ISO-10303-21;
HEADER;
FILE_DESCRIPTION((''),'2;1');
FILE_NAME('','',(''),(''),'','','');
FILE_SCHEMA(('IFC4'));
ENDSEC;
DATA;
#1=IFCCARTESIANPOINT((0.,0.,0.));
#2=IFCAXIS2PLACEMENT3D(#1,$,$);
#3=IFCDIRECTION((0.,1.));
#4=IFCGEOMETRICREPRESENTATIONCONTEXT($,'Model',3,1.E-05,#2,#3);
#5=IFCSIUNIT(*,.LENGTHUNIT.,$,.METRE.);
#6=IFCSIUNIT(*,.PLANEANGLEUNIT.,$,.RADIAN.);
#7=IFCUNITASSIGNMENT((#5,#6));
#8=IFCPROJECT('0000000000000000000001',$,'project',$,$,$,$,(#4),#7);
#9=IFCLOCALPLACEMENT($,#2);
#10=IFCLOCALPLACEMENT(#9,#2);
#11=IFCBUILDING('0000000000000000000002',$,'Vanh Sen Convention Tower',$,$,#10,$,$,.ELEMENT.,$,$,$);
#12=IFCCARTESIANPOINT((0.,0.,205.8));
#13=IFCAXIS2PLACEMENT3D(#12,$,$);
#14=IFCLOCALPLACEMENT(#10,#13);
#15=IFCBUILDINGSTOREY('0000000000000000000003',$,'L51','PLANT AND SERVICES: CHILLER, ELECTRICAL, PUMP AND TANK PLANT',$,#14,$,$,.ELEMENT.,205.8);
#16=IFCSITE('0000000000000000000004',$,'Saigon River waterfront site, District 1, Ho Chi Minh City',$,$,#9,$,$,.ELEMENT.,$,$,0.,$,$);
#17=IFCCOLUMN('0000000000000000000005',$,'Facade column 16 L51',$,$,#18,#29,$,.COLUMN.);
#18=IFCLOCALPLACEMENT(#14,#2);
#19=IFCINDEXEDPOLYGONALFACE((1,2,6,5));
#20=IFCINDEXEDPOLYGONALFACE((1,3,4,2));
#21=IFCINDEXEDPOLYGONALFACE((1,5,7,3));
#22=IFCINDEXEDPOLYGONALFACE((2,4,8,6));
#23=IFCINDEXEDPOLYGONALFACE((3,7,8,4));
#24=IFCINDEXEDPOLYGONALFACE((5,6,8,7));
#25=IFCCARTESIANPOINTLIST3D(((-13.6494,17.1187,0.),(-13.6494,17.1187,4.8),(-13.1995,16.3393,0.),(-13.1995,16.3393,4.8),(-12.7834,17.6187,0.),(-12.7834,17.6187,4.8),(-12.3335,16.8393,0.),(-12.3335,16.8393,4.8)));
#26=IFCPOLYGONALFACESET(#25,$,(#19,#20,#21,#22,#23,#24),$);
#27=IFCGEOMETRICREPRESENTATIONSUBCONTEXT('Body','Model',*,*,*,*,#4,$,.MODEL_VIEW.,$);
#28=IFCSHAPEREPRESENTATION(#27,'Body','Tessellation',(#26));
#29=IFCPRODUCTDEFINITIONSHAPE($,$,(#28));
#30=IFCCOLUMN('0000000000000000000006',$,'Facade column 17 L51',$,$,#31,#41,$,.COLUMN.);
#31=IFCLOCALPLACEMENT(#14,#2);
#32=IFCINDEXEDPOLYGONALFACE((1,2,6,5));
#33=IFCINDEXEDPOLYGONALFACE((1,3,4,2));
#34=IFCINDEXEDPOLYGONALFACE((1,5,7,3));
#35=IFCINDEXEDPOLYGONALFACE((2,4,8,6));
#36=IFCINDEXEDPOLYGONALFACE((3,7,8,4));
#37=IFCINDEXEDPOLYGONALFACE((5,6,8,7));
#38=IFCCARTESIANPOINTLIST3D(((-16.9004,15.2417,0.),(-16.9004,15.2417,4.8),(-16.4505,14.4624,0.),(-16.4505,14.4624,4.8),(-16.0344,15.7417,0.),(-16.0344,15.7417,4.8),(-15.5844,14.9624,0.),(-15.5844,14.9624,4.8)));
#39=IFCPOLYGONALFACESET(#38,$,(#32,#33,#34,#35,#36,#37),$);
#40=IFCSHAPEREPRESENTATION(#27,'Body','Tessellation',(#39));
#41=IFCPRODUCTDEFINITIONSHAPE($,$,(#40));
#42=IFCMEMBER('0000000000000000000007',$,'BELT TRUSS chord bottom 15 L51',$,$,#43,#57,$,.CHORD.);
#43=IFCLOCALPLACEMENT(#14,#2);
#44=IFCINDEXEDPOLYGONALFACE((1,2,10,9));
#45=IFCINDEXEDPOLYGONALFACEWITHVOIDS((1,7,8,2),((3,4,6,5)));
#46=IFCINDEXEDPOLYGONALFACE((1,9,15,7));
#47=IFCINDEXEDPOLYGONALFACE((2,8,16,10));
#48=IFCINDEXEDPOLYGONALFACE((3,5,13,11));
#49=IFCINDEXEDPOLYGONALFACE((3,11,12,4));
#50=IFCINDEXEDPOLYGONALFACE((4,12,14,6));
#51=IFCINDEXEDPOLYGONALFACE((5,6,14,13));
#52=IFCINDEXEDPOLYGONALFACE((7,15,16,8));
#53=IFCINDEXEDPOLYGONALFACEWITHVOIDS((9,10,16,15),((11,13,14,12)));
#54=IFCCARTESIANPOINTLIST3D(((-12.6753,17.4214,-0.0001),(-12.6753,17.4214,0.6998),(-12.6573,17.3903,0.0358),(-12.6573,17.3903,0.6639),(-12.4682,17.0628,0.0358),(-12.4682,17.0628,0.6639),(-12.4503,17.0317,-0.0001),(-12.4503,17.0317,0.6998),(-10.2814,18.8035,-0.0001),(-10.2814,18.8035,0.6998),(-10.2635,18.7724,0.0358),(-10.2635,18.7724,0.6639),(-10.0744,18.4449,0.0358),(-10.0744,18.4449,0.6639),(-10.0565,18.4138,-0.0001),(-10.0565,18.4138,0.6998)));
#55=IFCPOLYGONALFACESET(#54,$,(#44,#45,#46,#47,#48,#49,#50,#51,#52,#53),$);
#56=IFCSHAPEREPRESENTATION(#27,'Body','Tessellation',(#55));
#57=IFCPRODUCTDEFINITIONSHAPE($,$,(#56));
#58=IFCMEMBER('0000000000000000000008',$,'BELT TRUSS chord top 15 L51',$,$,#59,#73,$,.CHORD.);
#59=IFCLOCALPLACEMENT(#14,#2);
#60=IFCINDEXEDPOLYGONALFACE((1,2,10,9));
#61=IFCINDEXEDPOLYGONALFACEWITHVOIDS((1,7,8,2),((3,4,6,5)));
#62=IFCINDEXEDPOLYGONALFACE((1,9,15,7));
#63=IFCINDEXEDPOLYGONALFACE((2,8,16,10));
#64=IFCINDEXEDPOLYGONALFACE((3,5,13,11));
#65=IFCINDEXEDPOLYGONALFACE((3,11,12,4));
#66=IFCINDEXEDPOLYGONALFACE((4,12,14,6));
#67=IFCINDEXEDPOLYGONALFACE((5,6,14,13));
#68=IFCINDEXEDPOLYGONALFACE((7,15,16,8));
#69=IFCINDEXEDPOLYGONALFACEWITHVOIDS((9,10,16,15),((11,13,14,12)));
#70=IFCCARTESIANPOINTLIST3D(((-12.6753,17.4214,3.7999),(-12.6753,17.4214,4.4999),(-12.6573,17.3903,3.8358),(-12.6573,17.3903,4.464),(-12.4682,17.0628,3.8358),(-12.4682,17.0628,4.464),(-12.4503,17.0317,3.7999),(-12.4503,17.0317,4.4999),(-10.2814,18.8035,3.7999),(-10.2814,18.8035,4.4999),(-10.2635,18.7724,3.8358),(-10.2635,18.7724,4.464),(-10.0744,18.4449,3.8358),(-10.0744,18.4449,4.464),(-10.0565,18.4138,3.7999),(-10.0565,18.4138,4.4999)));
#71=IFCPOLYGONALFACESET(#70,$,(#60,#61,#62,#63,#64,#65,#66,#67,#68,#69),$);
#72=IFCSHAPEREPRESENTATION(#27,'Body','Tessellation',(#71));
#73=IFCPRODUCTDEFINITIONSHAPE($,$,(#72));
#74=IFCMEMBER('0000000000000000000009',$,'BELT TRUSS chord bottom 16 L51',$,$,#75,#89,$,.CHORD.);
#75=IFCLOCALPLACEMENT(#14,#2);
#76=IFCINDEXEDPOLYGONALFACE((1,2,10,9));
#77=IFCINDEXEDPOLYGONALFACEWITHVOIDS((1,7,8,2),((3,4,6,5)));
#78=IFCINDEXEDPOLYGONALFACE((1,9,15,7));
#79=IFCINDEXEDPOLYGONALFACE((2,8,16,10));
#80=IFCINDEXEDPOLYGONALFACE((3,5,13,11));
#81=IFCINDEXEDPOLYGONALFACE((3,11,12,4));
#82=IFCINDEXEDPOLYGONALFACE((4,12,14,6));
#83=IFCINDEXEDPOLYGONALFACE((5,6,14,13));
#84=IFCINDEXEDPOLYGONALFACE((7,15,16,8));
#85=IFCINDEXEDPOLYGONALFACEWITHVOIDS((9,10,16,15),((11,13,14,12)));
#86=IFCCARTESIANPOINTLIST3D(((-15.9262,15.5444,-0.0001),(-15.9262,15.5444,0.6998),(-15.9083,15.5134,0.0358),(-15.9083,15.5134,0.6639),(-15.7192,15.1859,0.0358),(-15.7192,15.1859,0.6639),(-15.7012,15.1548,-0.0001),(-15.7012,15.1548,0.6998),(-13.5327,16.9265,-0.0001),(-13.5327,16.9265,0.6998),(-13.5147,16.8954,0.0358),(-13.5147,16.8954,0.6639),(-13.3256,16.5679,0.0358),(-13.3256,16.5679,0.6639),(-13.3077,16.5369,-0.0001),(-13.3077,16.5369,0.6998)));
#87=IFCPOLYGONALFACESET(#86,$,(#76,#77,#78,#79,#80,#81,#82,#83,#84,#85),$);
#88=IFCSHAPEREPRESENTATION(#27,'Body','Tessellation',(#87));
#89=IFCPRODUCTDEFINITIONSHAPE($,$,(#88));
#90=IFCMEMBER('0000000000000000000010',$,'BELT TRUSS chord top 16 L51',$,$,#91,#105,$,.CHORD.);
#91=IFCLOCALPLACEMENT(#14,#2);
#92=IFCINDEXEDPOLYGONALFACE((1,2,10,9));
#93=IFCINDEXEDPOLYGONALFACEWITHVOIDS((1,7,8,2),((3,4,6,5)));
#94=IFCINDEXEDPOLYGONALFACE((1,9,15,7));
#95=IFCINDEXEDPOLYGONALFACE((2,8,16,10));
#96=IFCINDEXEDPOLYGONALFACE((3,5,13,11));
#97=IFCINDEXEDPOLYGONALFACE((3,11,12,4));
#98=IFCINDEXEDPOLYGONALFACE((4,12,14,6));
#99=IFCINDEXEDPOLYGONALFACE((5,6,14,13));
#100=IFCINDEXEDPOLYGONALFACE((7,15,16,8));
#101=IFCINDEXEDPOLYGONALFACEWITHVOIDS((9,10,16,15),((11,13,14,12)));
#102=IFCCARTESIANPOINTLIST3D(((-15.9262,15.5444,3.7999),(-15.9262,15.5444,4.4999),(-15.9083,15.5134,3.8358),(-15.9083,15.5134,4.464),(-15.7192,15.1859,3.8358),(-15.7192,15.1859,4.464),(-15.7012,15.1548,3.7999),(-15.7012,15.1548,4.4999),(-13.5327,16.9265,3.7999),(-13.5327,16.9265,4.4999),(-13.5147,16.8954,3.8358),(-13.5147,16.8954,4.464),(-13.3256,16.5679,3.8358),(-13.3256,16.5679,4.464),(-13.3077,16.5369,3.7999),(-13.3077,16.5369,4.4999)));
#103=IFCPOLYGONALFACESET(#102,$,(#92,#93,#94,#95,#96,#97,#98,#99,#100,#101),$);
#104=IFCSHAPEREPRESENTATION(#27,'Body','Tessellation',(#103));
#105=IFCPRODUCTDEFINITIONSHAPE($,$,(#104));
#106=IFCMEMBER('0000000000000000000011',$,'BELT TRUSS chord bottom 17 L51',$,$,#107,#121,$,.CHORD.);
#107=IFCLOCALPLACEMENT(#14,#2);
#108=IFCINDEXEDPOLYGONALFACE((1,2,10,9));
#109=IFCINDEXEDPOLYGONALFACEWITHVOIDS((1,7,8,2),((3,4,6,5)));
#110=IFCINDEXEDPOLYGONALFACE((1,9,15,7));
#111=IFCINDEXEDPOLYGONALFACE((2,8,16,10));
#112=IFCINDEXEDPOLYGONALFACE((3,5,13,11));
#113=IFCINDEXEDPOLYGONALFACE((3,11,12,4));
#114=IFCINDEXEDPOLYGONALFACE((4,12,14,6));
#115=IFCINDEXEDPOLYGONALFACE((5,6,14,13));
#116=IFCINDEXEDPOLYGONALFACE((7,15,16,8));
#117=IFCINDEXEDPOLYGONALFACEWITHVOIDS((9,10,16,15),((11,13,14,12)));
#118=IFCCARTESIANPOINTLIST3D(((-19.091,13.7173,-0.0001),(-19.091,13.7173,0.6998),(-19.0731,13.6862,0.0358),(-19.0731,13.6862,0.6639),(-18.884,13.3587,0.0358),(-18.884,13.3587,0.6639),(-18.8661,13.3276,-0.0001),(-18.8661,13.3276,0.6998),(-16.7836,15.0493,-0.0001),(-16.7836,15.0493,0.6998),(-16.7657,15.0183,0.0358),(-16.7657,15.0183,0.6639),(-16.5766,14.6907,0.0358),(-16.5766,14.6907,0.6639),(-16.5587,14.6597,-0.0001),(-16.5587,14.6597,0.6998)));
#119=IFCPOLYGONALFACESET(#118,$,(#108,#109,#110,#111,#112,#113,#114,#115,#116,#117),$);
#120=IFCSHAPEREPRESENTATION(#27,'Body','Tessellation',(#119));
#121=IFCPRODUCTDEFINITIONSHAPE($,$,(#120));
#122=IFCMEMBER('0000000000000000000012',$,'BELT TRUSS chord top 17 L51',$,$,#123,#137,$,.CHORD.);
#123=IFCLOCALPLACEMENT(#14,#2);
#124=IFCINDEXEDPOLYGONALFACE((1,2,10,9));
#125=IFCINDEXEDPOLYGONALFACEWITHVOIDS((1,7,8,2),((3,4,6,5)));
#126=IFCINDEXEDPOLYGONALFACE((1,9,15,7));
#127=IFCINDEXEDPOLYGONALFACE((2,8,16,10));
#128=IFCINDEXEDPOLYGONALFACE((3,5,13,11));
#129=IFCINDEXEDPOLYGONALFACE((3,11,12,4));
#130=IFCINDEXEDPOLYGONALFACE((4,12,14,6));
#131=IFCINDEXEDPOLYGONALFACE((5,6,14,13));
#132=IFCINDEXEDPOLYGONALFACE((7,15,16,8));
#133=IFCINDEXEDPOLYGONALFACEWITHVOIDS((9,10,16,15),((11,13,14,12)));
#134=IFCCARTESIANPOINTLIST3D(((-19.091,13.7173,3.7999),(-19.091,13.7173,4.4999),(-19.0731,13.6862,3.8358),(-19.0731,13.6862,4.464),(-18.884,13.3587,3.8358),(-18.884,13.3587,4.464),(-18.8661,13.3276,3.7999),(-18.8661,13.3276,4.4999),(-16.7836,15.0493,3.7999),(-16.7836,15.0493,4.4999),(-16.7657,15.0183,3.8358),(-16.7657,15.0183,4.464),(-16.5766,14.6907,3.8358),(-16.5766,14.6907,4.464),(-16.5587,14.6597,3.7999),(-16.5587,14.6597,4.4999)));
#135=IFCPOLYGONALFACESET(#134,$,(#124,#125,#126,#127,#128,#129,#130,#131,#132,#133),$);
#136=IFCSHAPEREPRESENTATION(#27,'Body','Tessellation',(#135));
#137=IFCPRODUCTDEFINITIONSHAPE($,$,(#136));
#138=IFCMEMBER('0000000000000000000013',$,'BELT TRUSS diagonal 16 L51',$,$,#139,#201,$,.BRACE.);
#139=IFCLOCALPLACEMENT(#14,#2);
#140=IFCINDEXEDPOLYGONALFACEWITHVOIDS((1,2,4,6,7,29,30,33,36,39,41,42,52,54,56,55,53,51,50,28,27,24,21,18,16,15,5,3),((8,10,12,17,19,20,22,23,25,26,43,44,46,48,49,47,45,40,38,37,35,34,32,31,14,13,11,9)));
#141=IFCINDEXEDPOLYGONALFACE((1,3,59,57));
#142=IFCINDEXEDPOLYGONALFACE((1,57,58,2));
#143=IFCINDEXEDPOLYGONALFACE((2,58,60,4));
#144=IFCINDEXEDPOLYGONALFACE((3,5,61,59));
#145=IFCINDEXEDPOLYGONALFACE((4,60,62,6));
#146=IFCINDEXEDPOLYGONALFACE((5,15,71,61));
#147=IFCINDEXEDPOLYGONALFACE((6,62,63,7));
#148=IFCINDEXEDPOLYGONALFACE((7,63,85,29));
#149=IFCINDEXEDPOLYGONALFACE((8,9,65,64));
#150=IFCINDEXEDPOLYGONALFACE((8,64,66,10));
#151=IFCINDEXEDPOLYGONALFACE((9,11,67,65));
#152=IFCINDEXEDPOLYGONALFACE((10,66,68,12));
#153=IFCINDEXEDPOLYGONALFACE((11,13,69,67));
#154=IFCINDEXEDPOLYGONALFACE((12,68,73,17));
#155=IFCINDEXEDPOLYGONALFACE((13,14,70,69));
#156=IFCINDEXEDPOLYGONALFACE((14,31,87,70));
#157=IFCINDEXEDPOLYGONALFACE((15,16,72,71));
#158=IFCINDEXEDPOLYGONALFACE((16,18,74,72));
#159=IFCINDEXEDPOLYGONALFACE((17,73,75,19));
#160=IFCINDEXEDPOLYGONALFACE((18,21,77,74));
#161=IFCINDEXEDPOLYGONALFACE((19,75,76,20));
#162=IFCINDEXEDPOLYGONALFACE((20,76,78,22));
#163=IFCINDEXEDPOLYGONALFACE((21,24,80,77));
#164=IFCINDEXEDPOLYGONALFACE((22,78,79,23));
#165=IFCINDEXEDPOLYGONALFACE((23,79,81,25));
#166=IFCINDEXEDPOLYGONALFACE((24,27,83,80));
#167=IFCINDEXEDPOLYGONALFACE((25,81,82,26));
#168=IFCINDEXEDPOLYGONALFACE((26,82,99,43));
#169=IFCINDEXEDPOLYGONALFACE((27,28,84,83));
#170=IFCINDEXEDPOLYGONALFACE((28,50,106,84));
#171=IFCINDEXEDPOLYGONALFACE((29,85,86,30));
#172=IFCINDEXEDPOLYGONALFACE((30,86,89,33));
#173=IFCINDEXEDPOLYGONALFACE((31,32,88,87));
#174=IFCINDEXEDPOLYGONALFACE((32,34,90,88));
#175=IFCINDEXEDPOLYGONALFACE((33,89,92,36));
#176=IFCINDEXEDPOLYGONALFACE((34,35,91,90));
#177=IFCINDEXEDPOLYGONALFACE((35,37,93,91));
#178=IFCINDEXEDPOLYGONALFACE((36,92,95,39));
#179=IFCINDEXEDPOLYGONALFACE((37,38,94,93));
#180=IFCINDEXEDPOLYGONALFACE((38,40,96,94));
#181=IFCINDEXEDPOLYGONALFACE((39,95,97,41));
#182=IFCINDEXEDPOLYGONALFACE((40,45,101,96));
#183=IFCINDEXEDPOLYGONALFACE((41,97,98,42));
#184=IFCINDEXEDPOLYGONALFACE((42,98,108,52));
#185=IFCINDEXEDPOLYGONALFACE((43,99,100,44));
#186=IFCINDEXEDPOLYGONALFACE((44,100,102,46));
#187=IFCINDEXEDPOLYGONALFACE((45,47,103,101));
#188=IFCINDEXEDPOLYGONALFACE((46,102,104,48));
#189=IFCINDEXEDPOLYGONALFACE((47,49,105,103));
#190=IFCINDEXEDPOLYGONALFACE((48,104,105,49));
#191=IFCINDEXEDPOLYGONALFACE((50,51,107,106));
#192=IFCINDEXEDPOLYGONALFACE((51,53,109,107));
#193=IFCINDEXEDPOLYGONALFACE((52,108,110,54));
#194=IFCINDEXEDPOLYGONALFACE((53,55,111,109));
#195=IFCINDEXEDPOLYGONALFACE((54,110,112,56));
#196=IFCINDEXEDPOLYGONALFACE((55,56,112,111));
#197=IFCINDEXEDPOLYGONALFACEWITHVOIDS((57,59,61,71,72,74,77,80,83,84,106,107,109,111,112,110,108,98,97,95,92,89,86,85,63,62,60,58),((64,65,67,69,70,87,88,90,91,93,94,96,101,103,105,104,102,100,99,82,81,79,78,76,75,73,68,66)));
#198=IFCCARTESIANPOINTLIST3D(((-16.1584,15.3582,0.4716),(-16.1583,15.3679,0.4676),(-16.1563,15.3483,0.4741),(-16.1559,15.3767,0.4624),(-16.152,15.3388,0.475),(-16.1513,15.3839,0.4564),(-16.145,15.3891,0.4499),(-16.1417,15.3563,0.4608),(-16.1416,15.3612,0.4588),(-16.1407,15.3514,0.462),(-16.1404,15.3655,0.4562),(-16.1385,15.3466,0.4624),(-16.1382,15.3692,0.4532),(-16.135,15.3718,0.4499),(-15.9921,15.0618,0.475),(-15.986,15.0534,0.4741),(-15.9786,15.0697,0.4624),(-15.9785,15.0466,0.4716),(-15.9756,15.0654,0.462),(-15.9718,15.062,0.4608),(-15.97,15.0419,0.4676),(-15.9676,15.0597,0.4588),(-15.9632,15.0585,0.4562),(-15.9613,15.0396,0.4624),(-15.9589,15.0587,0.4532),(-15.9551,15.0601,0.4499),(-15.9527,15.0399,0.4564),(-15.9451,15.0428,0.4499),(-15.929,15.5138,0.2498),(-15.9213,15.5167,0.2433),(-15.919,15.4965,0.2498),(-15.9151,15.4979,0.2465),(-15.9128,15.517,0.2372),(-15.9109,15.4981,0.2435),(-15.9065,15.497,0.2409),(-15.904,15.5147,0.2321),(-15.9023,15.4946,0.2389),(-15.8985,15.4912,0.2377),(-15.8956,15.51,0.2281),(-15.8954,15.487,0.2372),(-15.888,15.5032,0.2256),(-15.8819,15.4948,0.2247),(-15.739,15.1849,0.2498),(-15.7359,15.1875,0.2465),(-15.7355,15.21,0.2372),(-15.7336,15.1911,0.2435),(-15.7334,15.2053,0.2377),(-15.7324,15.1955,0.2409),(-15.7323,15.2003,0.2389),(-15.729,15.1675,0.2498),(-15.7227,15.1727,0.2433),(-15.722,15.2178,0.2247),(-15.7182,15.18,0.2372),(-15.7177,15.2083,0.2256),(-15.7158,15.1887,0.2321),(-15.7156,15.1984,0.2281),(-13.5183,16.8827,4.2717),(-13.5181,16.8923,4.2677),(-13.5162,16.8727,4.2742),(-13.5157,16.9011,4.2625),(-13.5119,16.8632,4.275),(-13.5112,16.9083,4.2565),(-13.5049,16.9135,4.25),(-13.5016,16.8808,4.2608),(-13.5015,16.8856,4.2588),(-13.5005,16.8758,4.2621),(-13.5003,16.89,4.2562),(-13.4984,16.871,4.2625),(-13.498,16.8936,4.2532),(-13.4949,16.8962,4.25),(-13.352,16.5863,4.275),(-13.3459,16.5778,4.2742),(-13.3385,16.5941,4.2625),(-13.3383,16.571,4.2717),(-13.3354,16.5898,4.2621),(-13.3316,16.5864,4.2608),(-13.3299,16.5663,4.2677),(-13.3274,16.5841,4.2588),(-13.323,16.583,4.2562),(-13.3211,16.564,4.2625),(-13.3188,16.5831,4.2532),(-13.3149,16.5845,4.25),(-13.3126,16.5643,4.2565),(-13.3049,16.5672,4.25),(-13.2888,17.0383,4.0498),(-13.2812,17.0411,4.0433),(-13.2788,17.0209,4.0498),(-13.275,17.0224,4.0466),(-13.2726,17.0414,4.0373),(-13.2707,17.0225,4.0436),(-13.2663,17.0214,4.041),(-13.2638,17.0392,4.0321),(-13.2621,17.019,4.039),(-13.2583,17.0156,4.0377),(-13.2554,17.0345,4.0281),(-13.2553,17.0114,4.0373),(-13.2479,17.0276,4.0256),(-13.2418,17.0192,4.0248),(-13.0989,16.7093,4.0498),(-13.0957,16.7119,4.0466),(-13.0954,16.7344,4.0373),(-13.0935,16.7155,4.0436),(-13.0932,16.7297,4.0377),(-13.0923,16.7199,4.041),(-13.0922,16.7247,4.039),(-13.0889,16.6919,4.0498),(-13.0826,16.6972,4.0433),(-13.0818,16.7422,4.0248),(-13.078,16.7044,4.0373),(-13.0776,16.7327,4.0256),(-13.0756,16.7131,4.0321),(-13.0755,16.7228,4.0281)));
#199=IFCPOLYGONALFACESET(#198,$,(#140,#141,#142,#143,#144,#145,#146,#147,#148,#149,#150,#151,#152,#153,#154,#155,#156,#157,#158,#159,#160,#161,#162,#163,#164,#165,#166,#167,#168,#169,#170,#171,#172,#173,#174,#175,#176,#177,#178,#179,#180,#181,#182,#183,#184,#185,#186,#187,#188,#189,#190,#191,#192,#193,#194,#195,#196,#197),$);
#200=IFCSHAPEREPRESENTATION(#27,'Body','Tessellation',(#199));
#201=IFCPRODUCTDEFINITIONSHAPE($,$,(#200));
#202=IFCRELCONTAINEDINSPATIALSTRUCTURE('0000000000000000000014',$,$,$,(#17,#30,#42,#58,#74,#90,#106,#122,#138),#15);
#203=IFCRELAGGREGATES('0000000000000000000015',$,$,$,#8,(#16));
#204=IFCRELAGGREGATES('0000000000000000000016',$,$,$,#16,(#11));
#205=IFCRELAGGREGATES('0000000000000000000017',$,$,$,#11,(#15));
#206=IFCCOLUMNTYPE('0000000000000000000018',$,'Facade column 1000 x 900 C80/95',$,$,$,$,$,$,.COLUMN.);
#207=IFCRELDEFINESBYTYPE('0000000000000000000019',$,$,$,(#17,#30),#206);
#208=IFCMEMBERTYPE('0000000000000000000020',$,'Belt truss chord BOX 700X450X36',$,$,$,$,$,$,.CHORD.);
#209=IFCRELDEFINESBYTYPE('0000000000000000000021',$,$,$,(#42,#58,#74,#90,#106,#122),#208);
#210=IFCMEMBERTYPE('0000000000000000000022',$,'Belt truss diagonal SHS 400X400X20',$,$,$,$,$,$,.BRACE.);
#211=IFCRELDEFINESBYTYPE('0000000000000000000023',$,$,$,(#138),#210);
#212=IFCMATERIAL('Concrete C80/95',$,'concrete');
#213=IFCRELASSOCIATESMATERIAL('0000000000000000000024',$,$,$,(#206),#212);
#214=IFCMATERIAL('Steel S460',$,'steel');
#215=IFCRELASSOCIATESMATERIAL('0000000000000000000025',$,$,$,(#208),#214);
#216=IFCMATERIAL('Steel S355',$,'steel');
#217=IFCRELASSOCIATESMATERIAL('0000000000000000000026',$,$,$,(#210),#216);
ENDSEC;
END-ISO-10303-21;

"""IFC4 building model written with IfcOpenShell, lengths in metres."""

from ifc_helpers import new_model, si_unit, direction, frame, origin, origin_2d, place, context, subcontext, project, spatial, rectangle, hollow_rectangle, extrude, material, material_profile, profile_set, type_object, element, save


model = new_model("IFC4")

# Units and contexts
model_context = context("Model", 3, precision=1e-05, world=origin(), true_north=direction((0.0, 1.0)))
body_context = subcontext(model_context, "Body", "Model", "MODEL_VIEW")
ifc_project = project(units=[si_unit("LENGTHUNIT", "METRE"), si_unit("PLANEANGLEUNIT", "RADIAN")], contexts=[model_context])

# Site, building, storey
site_placement = place(None, origin())
site = spatial("IfcSite", under=ifc_project, at=site_placement, Name="Saigon River waterfront site, District 1, Ho Chi Minh City", CompositionType="ELEMENT", RefElevation=0.0)
building_placement = place(site_placement, origin())
building = spatial("IfcBuilding", under=site, at=building_placement, Name="Vanh Sen Convention Tower", CompositionType="ELEMENT")
storey_placement = place(building_placement, frame((0.0, 0.0, 205.8)))
storey = spatial("IfcBuildingStorey", under=building, at=storey_placement, Name="L51", Description="PLANT AND SERVICES: CHILLER, ELECTRICAL, PUMP AND TANK PLANT", CompositionType="ELEMENT", Elevation=205.8)

# Columns
ifc_material_1 = material(Name="Concrete C80/95", Category="concrete")
ifc_material_profile_1 = material_profile(ifc_material_1, rectangle(XDim=1.0, YDim=0.8999, at=origin_2d()), Name="RC 1000X900")
ifc_profile_set_1 = profile_set([ifc_material_profile_1], Name="Concrete C80/95")
column_type = type_object("IfcColumnType", Name="Facade column 1000 x 900 C80/95", PredefinedType="COLUMN", material=ifc_profile_set_1)
for number, where, z_axis, x_axis, name in (
    (1, (-12.9915, 16.979, 0.0), (0.0, 0.0, 1.0), (-0.866025, -0.5, 0.0), "Facade column 16 L51"),
    (2, (-16.2424, 15.1021, 0.0), (0.0, 0.0, 1.0), (-0.866025, -0.5, 0.0), "Facade column 17 L51"),
):
    element("IfcColumn", number, at=place(storey_placement, frame(where, z_axis=z_axis, x_axis=x_axis)), inside=storey, type_object=column_type, Name=name, PredefinedType="COLUMN", context=body_context, shape_type="SweptSolid", body=[
        extrude(rectangle(XDim=1.0, YDim=0.8999, at=origin_2d()), origin(), (0.0, 0.0, 1.0), 4.8),
    ])

# Members
ifc_material_2 = material(Name="Steel S460", Category="steel")
ifc_material_profile_2 = material_profile(ifc_material_2, hollow_rectangle(XDim=0.45, YDim=0.7, WallThickness=0.0359, at=origin_2d()), Name="BOX 700X450X36")
ifc_profile_set_2 = profile_set([ifc_material_profile_2], Name="Steel S460")
member_type_1 = type_object("IfcMemberType", Name="Belt truss chord BOX 700X450X36", PredefinedType="CHORD", material=ifc_profile_set_2)
for number, where, z_axis, x_axis, name in (
    (3, (-10.1689, 18.6086, 0.3499), (-0.866022, -0.500005, 0.0), (0.500005, -0.866022, 0.0), "BELT TRUSS chord bottom 15 L51"),
    (4, (-10.1689, 18.6086, 4.1499), (-0.866022, -0.500005, 0.0), (0.500005, -0.866022, 0.0), "BELT TRUSS chord top 15 L51"),
):
    element("IfcMember", number, at=place(storey_placement, frame(where, z_axis=z_axis, x_axis=x_axis)), inside=storey, type_object=member_type_1, Name=name, PredefinedType="CHORD", context=body_context, shape_type="SweptSolid", body=[
        extrude(hollow_rectangle(XDim=0.45, YDim=0.7, WallThickness=0.0359, at=origin_2d()), origin(), (0.0, 0.0, 1.0), 2.7642),
    ])
for number, where, z_axis, x_axis, name in (
    (5, (-13.4202, 16.7317, 0.3499), (-0.866, -0.500044, 0.0), (0.500044, -0.866, 0.0), "BELT TRUSS chord bottom 16 L51"),
    (6, (-13.4202, 16.7317, 4.1499), (-0.866, -0.500044, 0.0), (0.500044, -0.866, 0.0), "BELT TRUSS chord top 16 L51"),
):
    element("IfcMember", number, at=place(storey_placement, frame(where, z_axis=z_axis, x_axis=x_axis)), inside=storey, type_object=member_type_1, Name=name, PredefinedType="CHORD", context=body_context, shape_type="SweptSolid", body=[
        extrude(hollow_rectangle(XDim=0.45, YDim=0.7, WallThickness=0.0359, at=origin_2d()), origin(), (0.0, 0.0, 1.0), 2.7639),
    ])
for number, where, z_axis, x_axis, name in (
    (7, (-16.6711, 14.8545, 0.3499), (-0.866047, -0.499963, 0.0), (0.499963, -0.866047, 0.0), "BELT TRUSS chord bottom 17 L51"),
    (8, (-16.6711, 14.8545, 4.1499), (-0.866047, -0.499963, 0.0), (0.499963, -0.866047, 0.0), "BELT TRUSS chord top 17 L51"),
):
    element("IfcMember", number, at=place(storey_placement, frame(where, z_axis=z_axis, x_axis=x_axis)), inside=storey, type_object=member_type_1, Name=name, PredefinedType="CHORD", context=body_context, shape_type="SweptSolid", body=[
        extrude(hollow_rectangle(XDim=0.45, YDim=0.7, WallThickness=0.0359, at=origin_2d()), origin(), (0.0, 0.0, 1.0), 2.6643),
    ])
ifc_material_3 = material(Name="Steel S355", Category="steel")
ifc_material_profile_3 = material_profile(ifc_material_3, hollow_rectangle(XDim=0.3999, YDim=0.3999, WallThickness=0.02, InnerFilletRadius=0.02, OuterFilletRadius=0.04, at=origin_2d()), Name="SHS 400X400X20")
ifc_profile_set_3 = profile_set([ifc_material_profile_3], Name="Steel S355")
member_type_2 = type_object("IfcMemberType", Name="Belt truss diagonal SHS 400X400X20", PredefinedType="BRACE", material=ifc_profile_set_3)
member_1_placement = place(storey_placement, frame((-13.2969, 16.8027, 4.1499), z_axis=(-0.541921, -0.312905, -0.780008), x_axis=(0.500032, -0.866007, 0.0)))
element("IfcMember", 9, at=member_1_placement, inside=storey, type_object=member_type_2, Name="BELT TRUSS diagonal 16 L51", PredefinedType="BRACE", context=body_context, shape_type="SweptSolid", body=[
    extrude(hollow_rectangle(XDim=0.3999, YDim=0.3999, WallThickness=0.02, InnerFilletRadius=0.02, OuterFilletRadius=0.04, at=origin_2d()), origin(), (0.0, 0.0, 1.0), 4.8718),
])

save(model, "model.ifc")
